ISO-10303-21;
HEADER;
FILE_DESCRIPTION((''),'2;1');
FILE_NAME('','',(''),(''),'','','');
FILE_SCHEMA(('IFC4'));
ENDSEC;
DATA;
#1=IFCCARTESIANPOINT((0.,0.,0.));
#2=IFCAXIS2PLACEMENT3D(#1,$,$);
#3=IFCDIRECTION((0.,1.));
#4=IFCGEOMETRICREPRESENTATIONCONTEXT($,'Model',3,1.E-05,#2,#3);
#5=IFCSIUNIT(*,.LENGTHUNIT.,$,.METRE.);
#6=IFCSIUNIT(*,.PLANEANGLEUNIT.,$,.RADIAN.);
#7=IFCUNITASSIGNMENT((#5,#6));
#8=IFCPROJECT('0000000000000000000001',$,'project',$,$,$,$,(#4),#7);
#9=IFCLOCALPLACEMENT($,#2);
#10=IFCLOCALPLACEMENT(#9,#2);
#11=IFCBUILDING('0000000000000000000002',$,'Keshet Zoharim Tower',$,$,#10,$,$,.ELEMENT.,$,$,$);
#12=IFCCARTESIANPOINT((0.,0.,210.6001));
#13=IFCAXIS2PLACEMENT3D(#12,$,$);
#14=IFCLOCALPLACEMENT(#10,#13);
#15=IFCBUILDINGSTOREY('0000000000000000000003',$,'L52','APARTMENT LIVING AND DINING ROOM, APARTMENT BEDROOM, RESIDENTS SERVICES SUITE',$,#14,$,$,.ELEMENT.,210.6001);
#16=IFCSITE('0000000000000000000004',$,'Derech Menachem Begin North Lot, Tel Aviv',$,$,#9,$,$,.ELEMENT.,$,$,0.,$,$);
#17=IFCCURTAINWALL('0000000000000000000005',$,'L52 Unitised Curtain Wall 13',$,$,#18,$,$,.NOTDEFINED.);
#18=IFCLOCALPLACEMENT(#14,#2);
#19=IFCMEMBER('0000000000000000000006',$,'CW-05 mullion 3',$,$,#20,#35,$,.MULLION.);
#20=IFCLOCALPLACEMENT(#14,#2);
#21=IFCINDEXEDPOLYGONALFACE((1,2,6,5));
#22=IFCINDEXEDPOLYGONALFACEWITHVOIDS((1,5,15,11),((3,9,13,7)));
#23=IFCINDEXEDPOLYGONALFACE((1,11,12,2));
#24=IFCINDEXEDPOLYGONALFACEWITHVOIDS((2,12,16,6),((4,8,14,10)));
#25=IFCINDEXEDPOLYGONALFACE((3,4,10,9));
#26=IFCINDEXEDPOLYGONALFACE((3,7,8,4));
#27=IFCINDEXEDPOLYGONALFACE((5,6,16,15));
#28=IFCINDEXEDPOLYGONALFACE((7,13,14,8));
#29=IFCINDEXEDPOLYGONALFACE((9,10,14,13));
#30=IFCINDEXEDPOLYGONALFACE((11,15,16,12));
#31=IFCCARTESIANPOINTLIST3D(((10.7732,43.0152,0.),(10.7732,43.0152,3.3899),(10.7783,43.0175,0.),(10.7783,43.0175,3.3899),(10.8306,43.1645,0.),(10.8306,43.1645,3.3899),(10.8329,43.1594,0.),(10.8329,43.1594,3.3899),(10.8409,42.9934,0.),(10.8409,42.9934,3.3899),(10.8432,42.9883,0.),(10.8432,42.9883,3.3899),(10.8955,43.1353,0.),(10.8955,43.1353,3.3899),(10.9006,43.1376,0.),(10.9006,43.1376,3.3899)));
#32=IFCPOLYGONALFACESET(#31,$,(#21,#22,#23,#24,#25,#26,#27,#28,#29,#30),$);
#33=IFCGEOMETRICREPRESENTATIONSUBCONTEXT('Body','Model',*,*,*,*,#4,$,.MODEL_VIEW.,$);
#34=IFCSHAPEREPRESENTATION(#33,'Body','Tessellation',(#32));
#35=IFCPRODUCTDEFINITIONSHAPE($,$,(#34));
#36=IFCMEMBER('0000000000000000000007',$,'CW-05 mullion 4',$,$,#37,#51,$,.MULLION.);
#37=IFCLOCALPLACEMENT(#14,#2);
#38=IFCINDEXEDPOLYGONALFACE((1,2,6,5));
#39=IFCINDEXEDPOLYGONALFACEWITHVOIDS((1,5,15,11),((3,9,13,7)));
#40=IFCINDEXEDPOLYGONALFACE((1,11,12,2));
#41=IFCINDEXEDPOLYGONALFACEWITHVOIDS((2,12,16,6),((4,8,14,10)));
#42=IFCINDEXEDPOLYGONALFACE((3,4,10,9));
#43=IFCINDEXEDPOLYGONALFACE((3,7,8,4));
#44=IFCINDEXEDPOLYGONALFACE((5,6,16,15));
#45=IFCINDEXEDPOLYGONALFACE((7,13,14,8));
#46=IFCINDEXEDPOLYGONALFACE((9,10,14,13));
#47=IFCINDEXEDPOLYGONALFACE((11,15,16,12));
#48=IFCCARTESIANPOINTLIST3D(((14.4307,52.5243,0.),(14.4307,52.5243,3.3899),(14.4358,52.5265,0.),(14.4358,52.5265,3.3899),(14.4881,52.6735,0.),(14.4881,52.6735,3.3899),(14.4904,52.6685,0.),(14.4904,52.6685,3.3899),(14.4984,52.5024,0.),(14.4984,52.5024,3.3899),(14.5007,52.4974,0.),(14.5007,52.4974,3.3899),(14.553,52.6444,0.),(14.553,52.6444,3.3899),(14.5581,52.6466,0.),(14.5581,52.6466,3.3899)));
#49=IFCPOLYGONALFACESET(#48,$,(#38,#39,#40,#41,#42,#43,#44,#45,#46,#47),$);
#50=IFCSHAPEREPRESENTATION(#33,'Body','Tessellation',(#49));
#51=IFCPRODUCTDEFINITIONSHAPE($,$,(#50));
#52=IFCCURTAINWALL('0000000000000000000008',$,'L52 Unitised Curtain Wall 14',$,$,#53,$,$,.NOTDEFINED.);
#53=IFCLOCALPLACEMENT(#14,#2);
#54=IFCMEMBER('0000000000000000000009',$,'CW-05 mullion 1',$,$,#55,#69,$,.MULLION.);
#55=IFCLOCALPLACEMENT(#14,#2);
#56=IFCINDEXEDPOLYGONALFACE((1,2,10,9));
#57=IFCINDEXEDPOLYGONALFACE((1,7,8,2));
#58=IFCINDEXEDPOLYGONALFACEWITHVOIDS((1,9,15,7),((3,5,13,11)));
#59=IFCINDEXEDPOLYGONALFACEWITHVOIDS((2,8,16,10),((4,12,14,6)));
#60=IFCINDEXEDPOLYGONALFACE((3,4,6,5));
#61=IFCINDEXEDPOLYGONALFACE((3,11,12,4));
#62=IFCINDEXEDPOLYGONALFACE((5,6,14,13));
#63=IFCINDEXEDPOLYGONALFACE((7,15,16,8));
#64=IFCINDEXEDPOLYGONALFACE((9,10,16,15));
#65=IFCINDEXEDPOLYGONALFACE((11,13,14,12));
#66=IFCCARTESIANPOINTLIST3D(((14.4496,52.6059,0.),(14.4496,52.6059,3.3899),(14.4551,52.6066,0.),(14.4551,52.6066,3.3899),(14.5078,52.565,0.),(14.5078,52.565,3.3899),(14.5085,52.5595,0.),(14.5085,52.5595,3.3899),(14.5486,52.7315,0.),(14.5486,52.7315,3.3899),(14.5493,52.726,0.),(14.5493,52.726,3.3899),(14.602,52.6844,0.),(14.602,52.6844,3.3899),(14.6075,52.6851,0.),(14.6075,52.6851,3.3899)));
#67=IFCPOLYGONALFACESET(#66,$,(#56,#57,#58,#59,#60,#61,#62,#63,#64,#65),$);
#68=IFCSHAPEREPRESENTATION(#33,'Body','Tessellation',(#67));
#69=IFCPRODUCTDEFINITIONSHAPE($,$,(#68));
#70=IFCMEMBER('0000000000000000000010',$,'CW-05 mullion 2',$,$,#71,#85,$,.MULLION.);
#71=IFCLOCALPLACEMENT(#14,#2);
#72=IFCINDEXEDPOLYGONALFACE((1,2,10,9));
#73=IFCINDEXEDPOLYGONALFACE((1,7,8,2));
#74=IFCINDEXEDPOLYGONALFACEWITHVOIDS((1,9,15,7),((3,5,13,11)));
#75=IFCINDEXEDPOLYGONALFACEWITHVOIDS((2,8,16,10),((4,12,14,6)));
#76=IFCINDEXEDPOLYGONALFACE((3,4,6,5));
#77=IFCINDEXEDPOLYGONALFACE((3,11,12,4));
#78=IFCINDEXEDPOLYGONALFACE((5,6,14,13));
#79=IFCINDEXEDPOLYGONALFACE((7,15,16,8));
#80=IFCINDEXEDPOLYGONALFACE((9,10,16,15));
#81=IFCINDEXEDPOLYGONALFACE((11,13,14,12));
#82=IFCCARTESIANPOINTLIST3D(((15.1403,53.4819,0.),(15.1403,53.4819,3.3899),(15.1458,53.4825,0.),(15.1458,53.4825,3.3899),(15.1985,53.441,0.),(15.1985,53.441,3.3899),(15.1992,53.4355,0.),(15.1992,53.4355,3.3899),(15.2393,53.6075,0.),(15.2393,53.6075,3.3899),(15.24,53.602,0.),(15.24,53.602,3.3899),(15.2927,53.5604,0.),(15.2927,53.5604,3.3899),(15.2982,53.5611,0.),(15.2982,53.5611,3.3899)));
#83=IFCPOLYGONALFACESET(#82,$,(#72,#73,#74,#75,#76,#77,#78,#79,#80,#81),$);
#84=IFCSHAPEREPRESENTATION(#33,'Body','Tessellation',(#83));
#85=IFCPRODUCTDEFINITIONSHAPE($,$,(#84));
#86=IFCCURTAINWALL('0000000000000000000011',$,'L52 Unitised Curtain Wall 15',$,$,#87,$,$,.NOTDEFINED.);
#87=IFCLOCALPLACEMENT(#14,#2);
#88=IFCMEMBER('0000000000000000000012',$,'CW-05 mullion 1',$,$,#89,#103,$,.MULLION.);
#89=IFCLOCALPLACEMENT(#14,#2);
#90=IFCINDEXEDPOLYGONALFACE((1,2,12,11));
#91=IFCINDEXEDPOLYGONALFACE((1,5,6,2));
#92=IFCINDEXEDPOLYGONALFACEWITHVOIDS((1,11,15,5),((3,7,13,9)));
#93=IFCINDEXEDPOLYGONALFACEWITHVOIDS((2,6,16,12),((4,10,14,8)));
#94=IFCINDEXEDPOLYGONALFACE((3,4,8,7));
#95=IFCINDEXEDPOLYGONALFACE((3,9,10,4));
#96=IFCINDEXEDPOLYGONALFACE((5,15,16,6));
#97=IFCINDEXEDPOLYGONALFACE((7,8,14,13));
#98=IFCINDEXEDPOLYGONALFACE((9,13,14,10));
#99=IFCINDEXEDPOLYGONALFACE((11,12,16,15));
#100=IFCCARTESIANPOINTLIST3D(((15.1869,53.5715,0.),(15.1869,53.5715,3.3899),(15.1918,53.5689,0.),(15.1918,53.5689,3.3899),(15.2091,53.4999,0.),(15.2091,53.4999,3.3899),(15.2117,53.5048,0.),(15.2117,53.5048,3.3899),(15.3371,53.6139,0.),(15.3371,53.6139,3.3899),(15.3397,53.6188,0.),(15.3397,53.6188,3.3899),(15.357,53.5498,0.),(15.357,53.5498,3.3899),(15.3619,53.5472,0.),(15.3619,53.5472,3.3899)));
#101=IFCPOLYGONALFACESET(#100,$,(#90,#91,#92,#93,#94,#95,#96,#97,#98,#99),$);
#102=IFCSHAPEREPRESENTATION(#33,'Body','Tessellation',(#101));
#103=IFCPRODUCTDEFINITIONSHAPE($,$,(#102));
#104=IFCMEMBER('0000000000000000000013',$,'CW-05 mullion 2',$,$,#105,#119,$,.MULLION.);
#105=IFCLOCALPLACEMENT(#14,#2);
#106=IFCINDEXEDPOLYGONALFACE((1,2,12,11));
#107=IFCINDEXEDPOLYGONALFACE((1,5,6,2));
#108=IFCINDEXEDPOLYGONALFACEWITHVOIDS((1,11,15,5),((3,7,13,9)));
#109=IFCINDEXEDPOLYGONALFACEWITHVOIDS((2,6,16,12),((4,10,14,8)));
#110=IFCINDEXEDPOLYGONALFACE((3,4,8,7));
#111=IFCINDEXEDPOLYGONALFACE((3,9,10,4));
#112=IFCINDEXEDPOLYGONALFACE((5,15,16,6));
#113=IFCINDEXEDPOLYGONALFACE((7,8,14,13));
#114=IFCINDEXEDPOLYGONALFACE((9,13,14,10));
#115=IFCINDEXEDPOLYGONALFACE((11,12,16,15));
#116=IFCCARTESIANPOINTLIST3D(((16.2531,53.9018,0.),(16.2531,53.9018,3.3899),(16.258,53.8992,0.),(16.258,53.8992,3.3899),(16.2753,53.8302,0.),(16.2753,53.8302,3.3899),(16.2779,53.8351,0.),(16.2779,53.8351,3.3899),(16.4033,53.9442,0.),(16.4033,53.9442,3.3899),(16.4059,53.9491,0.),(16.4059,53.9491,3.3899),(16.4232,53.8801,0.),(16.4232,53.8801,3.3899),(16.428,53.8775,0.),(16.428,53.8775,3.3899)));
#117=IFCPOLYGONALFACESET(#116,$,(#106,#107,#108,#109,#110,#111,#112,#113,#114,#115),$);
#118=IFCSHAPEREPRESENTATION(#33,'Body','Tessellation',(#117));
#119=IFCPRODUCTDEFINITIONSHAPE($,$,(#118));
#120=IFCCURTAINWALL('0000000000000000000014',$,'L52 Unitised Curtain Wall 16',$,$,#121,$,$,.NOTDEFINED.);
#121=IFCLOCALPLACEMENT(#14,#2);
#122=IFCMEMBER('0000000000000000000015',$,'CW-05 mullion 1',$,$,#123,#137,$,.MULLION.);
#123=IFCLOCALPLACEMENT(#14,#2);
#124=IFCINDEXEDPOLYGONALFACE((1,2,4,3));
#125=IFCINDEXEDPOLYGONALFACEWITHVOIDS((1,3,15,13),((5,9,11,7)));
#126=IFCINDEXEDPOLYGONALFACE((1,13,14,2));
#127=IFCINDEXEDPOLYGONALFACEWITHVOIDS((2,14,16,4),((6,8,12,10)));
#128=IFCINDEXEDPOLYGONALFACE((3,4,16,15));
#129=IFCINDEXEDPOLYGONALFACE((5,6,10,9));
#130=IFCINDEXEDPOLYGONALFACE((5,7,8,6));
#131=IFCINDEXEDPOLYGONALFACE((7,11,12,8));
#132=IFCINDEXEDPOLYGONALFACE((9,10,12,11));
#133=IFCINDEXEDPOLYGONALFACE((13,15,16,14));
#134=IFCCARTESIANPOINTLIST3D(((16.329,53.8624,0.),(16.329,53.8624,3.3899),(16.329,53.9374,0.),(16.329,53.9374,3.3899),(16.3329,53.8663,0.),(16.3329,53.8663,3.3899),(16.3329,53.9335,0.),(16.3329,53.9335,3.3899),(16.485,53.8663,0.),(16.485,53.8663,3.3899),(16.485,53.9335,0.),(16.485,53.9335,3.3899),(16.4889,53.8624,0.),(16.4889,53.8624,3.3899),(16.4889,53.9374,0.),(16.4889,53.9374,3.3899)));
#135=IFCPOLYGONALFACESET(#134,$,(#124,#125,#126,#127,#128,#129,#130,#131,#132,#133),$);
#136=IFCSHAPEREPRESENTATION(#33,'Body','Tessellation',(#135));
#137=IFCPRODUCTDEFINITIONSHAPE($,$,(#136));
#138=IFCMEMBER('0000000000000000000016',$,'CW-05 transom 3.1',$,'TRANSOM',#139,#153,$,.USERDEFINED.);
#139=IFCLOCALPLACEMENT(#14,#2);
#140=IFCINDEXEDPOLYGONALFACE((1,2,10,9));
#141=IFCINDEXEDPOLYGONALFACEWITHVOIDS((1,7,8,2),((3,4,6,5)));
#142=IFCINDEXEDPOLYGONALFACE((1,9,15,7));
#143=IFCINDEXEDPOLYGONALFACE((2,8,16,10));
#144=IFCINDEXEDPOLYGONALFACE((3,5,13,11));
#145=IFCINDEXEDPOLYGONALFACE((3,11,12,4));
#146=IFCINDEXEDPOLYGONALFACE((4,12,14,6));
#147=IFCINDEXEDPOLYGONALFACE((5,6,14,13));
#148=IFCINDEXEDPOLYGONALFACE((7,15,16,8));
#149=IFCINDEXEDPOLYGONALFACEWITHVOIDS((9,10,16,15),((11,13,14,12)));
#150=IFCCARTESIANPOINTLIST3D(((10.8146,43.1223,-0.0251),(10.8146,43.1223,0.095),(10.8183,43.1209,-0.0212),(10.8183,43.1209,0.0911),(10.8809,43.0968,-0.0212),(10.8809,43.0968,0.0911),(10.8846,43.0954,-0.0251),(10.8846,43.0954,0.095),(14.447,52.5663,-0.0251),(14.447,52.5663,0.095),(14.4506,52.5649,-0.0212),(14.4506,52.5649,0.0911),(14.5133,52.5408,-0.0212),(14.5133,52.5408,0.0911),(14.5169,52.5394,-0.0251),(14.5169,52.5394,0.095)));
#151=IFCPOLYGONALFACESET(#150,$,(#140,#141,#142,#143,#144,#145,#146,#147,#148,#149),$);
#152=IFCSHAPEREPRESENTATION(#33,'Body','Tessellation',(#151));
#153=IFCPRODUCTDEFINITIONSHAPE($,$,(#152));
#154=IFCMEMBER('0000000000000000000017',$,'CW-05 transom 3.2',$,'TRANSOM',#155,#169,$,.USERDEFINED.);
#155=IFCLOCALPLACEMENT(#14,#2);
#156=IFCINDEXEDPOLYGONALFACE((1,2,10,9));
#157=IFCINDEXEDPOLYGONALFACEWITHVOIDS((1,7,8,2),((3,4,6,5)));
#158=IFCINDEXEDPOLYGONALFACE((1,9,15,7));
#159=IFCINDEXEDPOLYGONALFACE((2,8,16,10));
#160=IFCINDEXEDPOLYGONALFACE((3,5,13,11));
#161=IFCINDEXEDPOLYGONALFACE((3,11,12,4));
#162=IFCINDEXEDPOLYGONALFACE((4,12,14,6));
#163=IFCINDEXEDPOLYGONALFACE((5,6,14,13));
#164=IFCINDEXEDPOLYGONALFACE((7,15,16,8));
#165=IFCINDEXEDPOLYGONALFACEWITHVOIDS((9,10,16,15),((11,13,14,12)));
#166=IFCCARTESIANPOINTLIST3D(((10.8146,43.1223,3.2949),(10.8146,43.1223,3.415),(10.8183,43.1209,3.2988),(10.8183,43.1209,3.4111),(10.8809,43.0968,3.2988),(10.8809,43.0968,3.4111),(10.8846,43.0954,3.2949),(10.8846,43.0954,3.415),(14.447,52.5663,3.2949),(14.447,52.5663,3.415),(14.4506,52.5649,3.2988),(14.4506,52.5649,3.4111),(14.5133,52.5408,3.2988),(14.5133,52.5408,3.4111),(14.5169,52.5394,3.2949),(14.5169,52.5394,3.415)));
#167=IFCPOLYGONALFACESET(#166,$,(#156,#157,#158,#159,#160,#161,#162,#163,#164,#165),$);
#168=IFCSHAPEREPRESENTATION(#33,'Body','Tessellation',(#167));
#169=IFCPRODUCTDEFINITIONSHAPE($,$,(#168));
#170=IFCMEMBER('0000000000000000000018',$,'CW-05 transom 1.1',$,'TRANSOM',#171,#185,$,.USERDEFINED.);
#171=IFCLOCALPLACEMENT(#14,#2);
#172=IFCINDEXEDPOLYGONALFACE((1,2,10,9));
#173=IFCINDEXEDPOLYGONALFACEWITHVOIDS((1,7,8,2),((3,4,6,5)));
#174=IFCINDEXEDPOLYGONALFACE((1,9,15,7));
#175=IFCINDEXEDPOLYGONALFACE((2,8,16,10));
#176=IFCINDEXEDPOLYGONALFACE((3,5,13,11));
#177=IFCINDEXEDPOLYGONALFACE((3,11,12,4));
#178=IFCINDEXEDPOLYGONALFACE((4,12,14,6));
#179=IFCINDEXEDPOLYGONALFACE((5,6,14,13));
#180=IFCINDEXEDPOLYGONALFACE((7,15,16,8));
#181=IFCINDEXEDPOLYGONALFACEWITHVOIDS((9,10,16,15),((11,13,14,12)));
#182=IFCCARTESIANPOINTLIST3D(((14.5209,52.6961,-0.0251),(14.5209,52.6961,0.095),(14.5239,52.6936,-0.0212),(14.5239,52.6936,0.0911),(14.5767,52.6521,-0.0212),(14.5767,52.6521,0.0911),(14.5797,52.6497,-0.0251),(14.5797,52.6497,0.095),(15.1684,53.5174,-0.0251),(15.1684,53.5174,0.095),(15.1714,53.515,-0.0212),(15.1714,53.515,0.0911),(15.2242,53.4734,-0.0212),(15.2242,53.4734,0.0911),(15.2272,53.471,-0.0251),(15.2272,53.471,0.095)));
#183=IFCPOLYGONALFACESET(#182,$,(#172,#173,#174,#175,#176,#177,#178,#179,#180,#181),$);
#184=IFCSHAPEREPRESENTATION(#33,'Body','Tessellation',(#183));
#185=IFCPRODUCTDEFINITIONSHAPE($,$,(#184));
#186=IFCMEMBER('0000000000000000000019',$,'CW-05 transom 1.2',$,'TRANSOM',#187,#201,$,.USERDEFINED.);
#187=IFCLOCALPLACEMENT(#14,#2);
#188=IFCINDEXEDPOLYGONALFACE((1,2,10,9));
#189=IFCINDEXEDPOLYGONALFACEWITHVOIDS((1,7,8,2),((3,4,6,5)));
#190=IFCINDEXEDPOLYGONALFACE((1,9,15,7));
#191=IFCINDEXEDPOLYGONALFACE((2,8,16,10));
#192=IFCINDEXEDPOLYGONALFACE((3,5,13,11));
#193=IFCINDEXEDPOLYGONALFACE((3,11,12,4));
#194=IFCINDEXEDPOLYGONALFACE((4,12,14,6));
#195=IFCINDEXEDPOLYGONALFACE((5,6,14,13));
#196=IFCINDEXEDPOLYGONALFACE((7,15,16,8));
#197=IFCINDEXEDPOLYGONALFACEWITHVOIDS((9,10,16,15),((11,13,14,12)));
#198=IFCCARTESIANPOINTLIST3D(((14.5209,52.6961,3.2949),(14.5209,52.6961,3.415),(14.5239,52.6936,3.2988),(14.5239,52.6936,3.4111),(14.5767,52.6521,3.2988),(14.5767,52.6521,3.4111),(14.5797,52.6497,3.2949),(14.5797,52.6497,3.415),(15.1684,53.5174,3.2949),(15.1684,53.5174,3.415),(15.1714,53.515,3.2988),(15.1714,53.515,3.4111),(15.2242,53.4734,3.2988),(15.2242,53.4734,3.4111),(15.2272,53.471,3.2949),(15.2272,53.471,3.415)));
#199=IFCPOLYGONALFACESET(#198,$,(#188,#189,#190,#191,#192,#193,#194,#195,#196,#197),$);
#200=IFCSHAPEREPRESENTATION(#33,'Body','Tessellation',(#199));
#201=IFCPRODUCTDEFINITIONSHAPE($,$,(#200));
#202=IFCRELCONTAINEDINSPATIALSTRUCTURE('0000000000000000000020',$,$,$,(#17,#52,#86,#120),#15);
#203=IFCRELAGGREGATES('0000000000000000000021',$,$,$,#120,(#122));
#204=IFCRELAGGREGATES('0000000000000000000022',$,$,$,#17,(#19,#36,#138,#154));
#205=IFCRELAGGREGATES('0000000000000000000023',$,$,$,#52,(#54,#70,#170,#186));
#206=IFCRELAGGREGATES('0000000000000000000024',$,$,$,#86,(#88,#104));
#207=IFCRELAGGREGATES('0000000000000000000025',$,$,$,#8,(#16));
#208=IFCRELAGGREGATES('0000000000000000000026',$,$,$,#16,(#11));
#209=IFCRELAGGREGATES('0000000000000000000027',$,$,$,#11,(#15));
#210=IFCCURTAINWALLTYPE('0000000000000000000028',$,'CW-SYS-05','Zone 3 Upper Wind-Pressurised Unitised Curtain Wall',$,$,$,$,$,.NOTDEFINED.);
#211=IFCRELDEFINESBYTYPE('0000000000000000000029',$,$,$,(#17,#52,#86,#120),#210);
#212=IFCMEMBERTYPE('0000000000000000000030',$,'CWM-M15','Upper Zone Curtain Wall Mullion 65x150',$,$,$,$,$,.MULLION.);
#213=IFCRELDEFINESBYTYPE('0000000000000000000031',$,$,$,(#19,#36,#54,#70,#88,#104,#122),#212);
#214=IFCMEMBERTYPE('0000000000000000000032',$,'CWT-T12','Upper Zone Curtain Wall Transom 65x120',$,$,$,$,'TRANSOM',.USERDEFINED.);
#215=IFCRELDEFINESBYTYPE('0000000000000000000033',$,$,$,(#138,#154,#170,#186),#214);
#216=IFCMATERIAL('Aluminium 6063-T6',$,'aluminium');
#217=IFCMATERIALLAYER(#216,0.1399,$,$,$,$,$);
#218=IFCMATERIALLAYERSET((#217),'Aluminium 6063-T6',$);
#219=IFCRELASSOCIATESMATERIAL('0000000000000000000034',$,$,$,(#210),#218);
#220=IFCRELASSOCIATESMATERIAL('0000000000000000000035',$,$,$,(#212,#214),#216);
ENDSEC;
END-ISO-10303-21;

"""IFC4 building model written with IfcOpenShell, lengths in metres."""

from ifc_helpers import new_model, si_unit, direction, frame, origin, origin_2d, place, context, subcontext, project, spatial, hollow_rectangle, extrude, material, layer, layer_set, material_profile, profile_set, type_object, element, aggregate, save


model = new_model("IFC4")

# Units and contexts
model_context = context("Model", 3, precision=1e-05, world=origin(), true_north=direction((0.0, 1.0)))
body_context = subcontext(model_context, "Body", "Model", "MODEL_VIEW")
ifc_project = project(units=[si_unit("LENGTHUNIT", "METRE"), si_unit("PLANEANGLEUNIT", "RADIAN")], contexts=[model_context])

# Site, building, storey
site_placement = place(None, origin())
site = spatial("IfcSite", under=ifc_project, at=site_placement, Name="Derech Menachem Begin North Lot, Tel Aviv", CompositionType="ELEMENT", RefElevation=0.0)
building_placement = place(site_placement, origin())
building = spatial("IfcBuilding", under=site, at=building_placement, Name="Keshet Zoharim Tower", CompositionType="ELEMENT")
storey_placement = place(building_placement, frame((0.0, 0.0, 210.6001)))
storey = spatial("IfcBuildingStorey", under=building, at=storey_placement, Name="L52", Description="APARTMENT LIVING AND DINING ROOM, APARTMENT BEDROOM, RESIDENTS SERVICES SUITE", CompositionType="ELEMENT", Elevation=210.6001)

# Curtain walls, members
ifc_material_1 = material(Name="Aluminium 6063-T6", Category="aluminium")
ifc_layer_1 = layer(ifc_material_1, 0.1399)
ifc_layer_set_1 = layer_set([ifc_layer_1], Name="Aluminium 6063-T6")
curtain_wall_type = type_object("IfcCurtainWallType", Name="CW-SYS-05", Description="Zone 3 Upper Wind-Pressurised Unitised Curtain Wall", PredefinedType="NOTDEFINED", material=ifc_layer_set_1)
curtain_wall_1_placement = place(storey_placement, origin())
curtain_wall_1 = element("IfcCurtainWall", 1, at=curtain_wall_1_placement, inside=storey, type_object=curtain_wall_type, Name="L52 Unitised Curtain Wall 13", PredefinedType="NOTDEFINED")
ifc_material_profile_1 = material_profile(ifc_material_1, hollow_rectangle(XDim=0.075, YDim=0.1599, WallThickness=0.0039, at=origin_2d()), Name="MUL-75x160")
ifc_profile_set_1 = profile_set([ifc_material_profile_1], Name="Aluminium 6063-T6")
member_type_1 = type_object("IfcMemberType", Name="CWM-M15", Description="Upper Zone Curtain Wall Mullion 65x150", PredefinedType="MULLION", material=ifc_profile_set_1)
member_1_placement = place(storey_placement, frame((10.8369, 43.0764, 0.0), z_axis=(0.0, 0.0, 1.0), x_axis=(-0.933341, 0.35899, 0.0)))
member_1 = element("IfcMember", 2, at=member_1_placement, type_object=member_type_1, Name="CW-05 mullion 3", PredefinedType="MULLION", context=body_context, shape_type="SweptSolid", body=[
    extrude(hollow_rectangle(XDim=0.075, YDim=0.1599, WallThickness=0.0039, at=origin_2d()), origin(), (0.0, 0.0, 1.0), 3.3899),
])
member_2_placement = place(storey_placement, frame((14.4944, 52.5854, 0.0), z_axis=(0.0, 0.0, 1.0), x_axis=(-0.933341, 0.35899, 0.0)))
member_2 = element("IfcMember", 3, at=member_2_placement, type_object=member_type_1, Name="CW-05 mullion 4", PredefinedType="MULLION", context=body_context, shape_type="SweptSolid", body=[
    extrude(hollow_rectangle(XDim=0.075, YDim=0.1599, WallThickness=0.0039, at=origin_2d()), origin(), (0.0, 0.0, 1.0), 3.3899),
])
curtain_wall_2_placement = place(storey_placement, origin())
curtain_wall_2 = element("IfcCurtainWall", 4, at=curtain_wall_2_placement, inside=storey, type_object=curtain_wall_type, Name="L52 Unitised Curtain Wall 14", PredefinedType="NOTDEFINED")
member_3_placement = place(storey_placement, frame((14.5286, 52.6455, 0.0), z_axis=(0.0, 0.0, 1.0), x_axis=(-0.785293, 0.619125, 0.0)))
member_3 = element("IfcMember", 5, at=member_3_placement, type_object=member_type_1, Name="CW-05 mullion 1", PredefinedType="MULLION", context=body_context, shape_type="SweptSolid", body=[
    extrude(hollow_rectangle(XDim=0.075, YDim=0.1599, WallThickness=0.0039, at=origin_2d()), origin(), (0.0, 0.0, 1.0), 3.3899),
])
member_4_placement = place(storey_placement, frame((15.2192, 53.5215, 0.0), z_axis=(0.0, 0.0, 1.0), x_axis=(-0.785293, 0.619125, 0.0)))
member_4 = element("IfcMember", 6, at=member_4_placement, type_object=member_type_1, Name="CW-05 mullion 2", PredefinedType="MULLION", context=body_context, shape_type="SweptSolid", body=[
    extrude(hollow_rectangle(XDim=0.075, YDim=0.1599, WallThickness=0.0039, at=origin_2d()), origin(), (0.0, 0.0, 1.0), 3.3899),
])
curtain_wall_3_placement = place(storey_placement, origin())
curtain_wall_3 = element("IfcCurtainWall", 7, at=curtain_wall_3_placement, inside=storey, type_object=curtain_wall_type, Name="L52 Unitised Curtain Wall 15", PredefinedType="NOTDEFINED")
member_5_placement = place(storey_placement, frame((15.2744, 53.5593, 0.0), z_axis=(0.0, 0.0, 1.0), x_axis=(-0.295922, 0.955212, 0.0)))
member_5 = element("IfcMember", 8, at=member_5_placement, type_object=member_type_1, Name="CW-05 mullion 1", PredefinedType="MULLION", context=body_context, shape_type="SweptSolid", body=[
    extrude(hollow_rectangle(XDim=0.075, YDim=0.1599, WallThickness=0.0039, at=origin_2d()), origin(), (0.0, 0.0, 1.0), 3.3899),
])
member_6_placement = place(storey_placement, frame((16.3406, 53.8896, 0.0), z_axis=(0.0, 0.0, 1.0), x_axis=(-0.295922, 0.955212, 0.0)))
member_6 = element("IfcMember", 9, at=member_6_placement, type_object=member_type_1, Name="CW-05 mullion 2", PredefinedType="MULLION", context=body_context, shape_type="SweptSolid", body=[
    extrude(hollow_rectangle(XDim=0.075, YDim=0.1599, WallThickness=0.0039, at=origin_2d()), origin(), (0.0, 0.0, 1.0), 3.3899),
])

# Curtain wall, member
curtain_wall_4_placement = place(storey_placement, origin())
curtain_wall_4 = element("IfcCurtainWall", 10, at=curtain_wall_4_placement, inside=storey, type_object=curtain_wall_type, Name="L52 Unitised Curtain Wall 16", PredefinedType="NOTDEFINED")
member_7_placement = place(storey_placement, frame((16.4089, 53.8999, 0.0), z_axis=(0.0, 0.0, 1.0), x_axis=(0.0, 1.0, 0.0)))
member_7 = element("IfcMember", 11, at=member_7_placement, type_object=member_type_1, Name="CW-05 mullion 1", PredefinedType="MULLION", context=body_context, shape_type="SweptSolid", body=[
    extrude(hollow_rectangle(XDim=0.075, YDim=0.1599, WallThickness=0.0039, at=origin_2d()), origin(), (0.0, 0.0, 1.0), 3.3899),
])

# Members
ifc_material_profile_2 = material_profile(ifc_material_1, hollow_rectangle(XDim=0.075, YDim=0.1201, WallThickness=0.0039, at=origin_2d()), Name="TRN-75x120")
ifc_profile_set_2 = profile_set([ifc_material_profile_2], Name="Aluminium 6063-T6")
member_type_2 = type_object("IfcMemberType", Name="CWT-T12", Description="Upper Zone Curtain Wall Transom 65x120", ElementType="TRANSOM", PredefinedType="USERDEFINED", material=ifc_profile_set_2)
member_8_placement = place(storey_placement, frame((10.8496, 43.1089, 0.0349), z_axis=(0.358986, 0.933343, 0.0), x_axis=(-0.933343, 0.358986, 0.0)))
member_8 = element("IfcMember", 12, at=member_8_placement, type_object=member_type_2, Name="CW-05 transom 3.1", ObjectType="TRANSOM", PredefinedType="USERDEFINED", context=body_context, shape_type="SweptSolid", body=[
    extrude(hollow_rectangle(XDim=0.075, YDim=0.1201, WallThickness=0.0039, at=origin_2d()), origin(), (0.0, 0.0, 1.0), 10.1184),
])
member_9_placement = place(storey_placement, frame((10.8496, 43.1089, 3.355), z_axis=(0.358986, 0.933343, 0.0), x_axis=(-0.933343, 0.358986, 0.0)))
member_9 = element("IfcMember", 13, at=member_9_placement, type_object=member_type_2, Name="CW-05 transom 3.2", ObjectType="TRANSOM", PredefinedType="USERDEFINED", context=body_context, shape_type="SweptSolid", body=[
    extrude(hollow_rectangle(XDim=0.075, YDim=0.1201, WallThickness=0.0039, at=origin_2d()), origin(), (0.0, 0.0, 1.0), 10.1184),
])
member_10_placement = place(storey_placement, frame((14.5503, 52.6729, 0.0349), z_axis=(0.619099, 0.785313, 0.0), x_axis=(-0.785313, 0.619099, 0.0)))
member_10 = element("IfcMember", 14, at=member_10_placement, type_object=member_type_2, Name="CW-05 transom 1.1", ObjectType="TRANSOM", PredefinedType="USERDEFINED", context=body_context, shape_type="SweptSolid", body=[
    extrude(hollow_rectangle(XDim=0.075, YDim=0.1201, WallThickness=0.0039, at=origin_2d()), origin(), (0.0, 0.0, 1.0), 1.0459),
])
member_11_placement = place(storey_placement, frame((14.5503, 52.6729, 3.355), z_axis=(0.619099, 0.785313, 0.0), x_axis=(-0.785313, 0.619099, 0.0)))
member_11 = element("IfcMember", 15, at=member_11_placement, type_object=member_type_2, Name="CW-05 transom 1.2", ObjectType="TRANSOM", PredefinedType="USERDEFINED", context=body_context, shape_type="SweptSolid", body=[
    extrude(hollow_rectangle(XDim=0.075, YDim=0.1201, WallThickness=0.0039, at=origin_2d()), origin(), (0.0, 0.0, 1.0), 1.0459),
])
aggregate(curtain_wall_4, [member_7])

aggregate(curtain_wall_1, [member_1, member_2, member_8, member_9])
aggregate(curtain_wall_2, [member_3, member_4, member_10, member_11])
aggregate(curtain_wall_3, [member_5, member_6])

save(model, "model.ifc")
